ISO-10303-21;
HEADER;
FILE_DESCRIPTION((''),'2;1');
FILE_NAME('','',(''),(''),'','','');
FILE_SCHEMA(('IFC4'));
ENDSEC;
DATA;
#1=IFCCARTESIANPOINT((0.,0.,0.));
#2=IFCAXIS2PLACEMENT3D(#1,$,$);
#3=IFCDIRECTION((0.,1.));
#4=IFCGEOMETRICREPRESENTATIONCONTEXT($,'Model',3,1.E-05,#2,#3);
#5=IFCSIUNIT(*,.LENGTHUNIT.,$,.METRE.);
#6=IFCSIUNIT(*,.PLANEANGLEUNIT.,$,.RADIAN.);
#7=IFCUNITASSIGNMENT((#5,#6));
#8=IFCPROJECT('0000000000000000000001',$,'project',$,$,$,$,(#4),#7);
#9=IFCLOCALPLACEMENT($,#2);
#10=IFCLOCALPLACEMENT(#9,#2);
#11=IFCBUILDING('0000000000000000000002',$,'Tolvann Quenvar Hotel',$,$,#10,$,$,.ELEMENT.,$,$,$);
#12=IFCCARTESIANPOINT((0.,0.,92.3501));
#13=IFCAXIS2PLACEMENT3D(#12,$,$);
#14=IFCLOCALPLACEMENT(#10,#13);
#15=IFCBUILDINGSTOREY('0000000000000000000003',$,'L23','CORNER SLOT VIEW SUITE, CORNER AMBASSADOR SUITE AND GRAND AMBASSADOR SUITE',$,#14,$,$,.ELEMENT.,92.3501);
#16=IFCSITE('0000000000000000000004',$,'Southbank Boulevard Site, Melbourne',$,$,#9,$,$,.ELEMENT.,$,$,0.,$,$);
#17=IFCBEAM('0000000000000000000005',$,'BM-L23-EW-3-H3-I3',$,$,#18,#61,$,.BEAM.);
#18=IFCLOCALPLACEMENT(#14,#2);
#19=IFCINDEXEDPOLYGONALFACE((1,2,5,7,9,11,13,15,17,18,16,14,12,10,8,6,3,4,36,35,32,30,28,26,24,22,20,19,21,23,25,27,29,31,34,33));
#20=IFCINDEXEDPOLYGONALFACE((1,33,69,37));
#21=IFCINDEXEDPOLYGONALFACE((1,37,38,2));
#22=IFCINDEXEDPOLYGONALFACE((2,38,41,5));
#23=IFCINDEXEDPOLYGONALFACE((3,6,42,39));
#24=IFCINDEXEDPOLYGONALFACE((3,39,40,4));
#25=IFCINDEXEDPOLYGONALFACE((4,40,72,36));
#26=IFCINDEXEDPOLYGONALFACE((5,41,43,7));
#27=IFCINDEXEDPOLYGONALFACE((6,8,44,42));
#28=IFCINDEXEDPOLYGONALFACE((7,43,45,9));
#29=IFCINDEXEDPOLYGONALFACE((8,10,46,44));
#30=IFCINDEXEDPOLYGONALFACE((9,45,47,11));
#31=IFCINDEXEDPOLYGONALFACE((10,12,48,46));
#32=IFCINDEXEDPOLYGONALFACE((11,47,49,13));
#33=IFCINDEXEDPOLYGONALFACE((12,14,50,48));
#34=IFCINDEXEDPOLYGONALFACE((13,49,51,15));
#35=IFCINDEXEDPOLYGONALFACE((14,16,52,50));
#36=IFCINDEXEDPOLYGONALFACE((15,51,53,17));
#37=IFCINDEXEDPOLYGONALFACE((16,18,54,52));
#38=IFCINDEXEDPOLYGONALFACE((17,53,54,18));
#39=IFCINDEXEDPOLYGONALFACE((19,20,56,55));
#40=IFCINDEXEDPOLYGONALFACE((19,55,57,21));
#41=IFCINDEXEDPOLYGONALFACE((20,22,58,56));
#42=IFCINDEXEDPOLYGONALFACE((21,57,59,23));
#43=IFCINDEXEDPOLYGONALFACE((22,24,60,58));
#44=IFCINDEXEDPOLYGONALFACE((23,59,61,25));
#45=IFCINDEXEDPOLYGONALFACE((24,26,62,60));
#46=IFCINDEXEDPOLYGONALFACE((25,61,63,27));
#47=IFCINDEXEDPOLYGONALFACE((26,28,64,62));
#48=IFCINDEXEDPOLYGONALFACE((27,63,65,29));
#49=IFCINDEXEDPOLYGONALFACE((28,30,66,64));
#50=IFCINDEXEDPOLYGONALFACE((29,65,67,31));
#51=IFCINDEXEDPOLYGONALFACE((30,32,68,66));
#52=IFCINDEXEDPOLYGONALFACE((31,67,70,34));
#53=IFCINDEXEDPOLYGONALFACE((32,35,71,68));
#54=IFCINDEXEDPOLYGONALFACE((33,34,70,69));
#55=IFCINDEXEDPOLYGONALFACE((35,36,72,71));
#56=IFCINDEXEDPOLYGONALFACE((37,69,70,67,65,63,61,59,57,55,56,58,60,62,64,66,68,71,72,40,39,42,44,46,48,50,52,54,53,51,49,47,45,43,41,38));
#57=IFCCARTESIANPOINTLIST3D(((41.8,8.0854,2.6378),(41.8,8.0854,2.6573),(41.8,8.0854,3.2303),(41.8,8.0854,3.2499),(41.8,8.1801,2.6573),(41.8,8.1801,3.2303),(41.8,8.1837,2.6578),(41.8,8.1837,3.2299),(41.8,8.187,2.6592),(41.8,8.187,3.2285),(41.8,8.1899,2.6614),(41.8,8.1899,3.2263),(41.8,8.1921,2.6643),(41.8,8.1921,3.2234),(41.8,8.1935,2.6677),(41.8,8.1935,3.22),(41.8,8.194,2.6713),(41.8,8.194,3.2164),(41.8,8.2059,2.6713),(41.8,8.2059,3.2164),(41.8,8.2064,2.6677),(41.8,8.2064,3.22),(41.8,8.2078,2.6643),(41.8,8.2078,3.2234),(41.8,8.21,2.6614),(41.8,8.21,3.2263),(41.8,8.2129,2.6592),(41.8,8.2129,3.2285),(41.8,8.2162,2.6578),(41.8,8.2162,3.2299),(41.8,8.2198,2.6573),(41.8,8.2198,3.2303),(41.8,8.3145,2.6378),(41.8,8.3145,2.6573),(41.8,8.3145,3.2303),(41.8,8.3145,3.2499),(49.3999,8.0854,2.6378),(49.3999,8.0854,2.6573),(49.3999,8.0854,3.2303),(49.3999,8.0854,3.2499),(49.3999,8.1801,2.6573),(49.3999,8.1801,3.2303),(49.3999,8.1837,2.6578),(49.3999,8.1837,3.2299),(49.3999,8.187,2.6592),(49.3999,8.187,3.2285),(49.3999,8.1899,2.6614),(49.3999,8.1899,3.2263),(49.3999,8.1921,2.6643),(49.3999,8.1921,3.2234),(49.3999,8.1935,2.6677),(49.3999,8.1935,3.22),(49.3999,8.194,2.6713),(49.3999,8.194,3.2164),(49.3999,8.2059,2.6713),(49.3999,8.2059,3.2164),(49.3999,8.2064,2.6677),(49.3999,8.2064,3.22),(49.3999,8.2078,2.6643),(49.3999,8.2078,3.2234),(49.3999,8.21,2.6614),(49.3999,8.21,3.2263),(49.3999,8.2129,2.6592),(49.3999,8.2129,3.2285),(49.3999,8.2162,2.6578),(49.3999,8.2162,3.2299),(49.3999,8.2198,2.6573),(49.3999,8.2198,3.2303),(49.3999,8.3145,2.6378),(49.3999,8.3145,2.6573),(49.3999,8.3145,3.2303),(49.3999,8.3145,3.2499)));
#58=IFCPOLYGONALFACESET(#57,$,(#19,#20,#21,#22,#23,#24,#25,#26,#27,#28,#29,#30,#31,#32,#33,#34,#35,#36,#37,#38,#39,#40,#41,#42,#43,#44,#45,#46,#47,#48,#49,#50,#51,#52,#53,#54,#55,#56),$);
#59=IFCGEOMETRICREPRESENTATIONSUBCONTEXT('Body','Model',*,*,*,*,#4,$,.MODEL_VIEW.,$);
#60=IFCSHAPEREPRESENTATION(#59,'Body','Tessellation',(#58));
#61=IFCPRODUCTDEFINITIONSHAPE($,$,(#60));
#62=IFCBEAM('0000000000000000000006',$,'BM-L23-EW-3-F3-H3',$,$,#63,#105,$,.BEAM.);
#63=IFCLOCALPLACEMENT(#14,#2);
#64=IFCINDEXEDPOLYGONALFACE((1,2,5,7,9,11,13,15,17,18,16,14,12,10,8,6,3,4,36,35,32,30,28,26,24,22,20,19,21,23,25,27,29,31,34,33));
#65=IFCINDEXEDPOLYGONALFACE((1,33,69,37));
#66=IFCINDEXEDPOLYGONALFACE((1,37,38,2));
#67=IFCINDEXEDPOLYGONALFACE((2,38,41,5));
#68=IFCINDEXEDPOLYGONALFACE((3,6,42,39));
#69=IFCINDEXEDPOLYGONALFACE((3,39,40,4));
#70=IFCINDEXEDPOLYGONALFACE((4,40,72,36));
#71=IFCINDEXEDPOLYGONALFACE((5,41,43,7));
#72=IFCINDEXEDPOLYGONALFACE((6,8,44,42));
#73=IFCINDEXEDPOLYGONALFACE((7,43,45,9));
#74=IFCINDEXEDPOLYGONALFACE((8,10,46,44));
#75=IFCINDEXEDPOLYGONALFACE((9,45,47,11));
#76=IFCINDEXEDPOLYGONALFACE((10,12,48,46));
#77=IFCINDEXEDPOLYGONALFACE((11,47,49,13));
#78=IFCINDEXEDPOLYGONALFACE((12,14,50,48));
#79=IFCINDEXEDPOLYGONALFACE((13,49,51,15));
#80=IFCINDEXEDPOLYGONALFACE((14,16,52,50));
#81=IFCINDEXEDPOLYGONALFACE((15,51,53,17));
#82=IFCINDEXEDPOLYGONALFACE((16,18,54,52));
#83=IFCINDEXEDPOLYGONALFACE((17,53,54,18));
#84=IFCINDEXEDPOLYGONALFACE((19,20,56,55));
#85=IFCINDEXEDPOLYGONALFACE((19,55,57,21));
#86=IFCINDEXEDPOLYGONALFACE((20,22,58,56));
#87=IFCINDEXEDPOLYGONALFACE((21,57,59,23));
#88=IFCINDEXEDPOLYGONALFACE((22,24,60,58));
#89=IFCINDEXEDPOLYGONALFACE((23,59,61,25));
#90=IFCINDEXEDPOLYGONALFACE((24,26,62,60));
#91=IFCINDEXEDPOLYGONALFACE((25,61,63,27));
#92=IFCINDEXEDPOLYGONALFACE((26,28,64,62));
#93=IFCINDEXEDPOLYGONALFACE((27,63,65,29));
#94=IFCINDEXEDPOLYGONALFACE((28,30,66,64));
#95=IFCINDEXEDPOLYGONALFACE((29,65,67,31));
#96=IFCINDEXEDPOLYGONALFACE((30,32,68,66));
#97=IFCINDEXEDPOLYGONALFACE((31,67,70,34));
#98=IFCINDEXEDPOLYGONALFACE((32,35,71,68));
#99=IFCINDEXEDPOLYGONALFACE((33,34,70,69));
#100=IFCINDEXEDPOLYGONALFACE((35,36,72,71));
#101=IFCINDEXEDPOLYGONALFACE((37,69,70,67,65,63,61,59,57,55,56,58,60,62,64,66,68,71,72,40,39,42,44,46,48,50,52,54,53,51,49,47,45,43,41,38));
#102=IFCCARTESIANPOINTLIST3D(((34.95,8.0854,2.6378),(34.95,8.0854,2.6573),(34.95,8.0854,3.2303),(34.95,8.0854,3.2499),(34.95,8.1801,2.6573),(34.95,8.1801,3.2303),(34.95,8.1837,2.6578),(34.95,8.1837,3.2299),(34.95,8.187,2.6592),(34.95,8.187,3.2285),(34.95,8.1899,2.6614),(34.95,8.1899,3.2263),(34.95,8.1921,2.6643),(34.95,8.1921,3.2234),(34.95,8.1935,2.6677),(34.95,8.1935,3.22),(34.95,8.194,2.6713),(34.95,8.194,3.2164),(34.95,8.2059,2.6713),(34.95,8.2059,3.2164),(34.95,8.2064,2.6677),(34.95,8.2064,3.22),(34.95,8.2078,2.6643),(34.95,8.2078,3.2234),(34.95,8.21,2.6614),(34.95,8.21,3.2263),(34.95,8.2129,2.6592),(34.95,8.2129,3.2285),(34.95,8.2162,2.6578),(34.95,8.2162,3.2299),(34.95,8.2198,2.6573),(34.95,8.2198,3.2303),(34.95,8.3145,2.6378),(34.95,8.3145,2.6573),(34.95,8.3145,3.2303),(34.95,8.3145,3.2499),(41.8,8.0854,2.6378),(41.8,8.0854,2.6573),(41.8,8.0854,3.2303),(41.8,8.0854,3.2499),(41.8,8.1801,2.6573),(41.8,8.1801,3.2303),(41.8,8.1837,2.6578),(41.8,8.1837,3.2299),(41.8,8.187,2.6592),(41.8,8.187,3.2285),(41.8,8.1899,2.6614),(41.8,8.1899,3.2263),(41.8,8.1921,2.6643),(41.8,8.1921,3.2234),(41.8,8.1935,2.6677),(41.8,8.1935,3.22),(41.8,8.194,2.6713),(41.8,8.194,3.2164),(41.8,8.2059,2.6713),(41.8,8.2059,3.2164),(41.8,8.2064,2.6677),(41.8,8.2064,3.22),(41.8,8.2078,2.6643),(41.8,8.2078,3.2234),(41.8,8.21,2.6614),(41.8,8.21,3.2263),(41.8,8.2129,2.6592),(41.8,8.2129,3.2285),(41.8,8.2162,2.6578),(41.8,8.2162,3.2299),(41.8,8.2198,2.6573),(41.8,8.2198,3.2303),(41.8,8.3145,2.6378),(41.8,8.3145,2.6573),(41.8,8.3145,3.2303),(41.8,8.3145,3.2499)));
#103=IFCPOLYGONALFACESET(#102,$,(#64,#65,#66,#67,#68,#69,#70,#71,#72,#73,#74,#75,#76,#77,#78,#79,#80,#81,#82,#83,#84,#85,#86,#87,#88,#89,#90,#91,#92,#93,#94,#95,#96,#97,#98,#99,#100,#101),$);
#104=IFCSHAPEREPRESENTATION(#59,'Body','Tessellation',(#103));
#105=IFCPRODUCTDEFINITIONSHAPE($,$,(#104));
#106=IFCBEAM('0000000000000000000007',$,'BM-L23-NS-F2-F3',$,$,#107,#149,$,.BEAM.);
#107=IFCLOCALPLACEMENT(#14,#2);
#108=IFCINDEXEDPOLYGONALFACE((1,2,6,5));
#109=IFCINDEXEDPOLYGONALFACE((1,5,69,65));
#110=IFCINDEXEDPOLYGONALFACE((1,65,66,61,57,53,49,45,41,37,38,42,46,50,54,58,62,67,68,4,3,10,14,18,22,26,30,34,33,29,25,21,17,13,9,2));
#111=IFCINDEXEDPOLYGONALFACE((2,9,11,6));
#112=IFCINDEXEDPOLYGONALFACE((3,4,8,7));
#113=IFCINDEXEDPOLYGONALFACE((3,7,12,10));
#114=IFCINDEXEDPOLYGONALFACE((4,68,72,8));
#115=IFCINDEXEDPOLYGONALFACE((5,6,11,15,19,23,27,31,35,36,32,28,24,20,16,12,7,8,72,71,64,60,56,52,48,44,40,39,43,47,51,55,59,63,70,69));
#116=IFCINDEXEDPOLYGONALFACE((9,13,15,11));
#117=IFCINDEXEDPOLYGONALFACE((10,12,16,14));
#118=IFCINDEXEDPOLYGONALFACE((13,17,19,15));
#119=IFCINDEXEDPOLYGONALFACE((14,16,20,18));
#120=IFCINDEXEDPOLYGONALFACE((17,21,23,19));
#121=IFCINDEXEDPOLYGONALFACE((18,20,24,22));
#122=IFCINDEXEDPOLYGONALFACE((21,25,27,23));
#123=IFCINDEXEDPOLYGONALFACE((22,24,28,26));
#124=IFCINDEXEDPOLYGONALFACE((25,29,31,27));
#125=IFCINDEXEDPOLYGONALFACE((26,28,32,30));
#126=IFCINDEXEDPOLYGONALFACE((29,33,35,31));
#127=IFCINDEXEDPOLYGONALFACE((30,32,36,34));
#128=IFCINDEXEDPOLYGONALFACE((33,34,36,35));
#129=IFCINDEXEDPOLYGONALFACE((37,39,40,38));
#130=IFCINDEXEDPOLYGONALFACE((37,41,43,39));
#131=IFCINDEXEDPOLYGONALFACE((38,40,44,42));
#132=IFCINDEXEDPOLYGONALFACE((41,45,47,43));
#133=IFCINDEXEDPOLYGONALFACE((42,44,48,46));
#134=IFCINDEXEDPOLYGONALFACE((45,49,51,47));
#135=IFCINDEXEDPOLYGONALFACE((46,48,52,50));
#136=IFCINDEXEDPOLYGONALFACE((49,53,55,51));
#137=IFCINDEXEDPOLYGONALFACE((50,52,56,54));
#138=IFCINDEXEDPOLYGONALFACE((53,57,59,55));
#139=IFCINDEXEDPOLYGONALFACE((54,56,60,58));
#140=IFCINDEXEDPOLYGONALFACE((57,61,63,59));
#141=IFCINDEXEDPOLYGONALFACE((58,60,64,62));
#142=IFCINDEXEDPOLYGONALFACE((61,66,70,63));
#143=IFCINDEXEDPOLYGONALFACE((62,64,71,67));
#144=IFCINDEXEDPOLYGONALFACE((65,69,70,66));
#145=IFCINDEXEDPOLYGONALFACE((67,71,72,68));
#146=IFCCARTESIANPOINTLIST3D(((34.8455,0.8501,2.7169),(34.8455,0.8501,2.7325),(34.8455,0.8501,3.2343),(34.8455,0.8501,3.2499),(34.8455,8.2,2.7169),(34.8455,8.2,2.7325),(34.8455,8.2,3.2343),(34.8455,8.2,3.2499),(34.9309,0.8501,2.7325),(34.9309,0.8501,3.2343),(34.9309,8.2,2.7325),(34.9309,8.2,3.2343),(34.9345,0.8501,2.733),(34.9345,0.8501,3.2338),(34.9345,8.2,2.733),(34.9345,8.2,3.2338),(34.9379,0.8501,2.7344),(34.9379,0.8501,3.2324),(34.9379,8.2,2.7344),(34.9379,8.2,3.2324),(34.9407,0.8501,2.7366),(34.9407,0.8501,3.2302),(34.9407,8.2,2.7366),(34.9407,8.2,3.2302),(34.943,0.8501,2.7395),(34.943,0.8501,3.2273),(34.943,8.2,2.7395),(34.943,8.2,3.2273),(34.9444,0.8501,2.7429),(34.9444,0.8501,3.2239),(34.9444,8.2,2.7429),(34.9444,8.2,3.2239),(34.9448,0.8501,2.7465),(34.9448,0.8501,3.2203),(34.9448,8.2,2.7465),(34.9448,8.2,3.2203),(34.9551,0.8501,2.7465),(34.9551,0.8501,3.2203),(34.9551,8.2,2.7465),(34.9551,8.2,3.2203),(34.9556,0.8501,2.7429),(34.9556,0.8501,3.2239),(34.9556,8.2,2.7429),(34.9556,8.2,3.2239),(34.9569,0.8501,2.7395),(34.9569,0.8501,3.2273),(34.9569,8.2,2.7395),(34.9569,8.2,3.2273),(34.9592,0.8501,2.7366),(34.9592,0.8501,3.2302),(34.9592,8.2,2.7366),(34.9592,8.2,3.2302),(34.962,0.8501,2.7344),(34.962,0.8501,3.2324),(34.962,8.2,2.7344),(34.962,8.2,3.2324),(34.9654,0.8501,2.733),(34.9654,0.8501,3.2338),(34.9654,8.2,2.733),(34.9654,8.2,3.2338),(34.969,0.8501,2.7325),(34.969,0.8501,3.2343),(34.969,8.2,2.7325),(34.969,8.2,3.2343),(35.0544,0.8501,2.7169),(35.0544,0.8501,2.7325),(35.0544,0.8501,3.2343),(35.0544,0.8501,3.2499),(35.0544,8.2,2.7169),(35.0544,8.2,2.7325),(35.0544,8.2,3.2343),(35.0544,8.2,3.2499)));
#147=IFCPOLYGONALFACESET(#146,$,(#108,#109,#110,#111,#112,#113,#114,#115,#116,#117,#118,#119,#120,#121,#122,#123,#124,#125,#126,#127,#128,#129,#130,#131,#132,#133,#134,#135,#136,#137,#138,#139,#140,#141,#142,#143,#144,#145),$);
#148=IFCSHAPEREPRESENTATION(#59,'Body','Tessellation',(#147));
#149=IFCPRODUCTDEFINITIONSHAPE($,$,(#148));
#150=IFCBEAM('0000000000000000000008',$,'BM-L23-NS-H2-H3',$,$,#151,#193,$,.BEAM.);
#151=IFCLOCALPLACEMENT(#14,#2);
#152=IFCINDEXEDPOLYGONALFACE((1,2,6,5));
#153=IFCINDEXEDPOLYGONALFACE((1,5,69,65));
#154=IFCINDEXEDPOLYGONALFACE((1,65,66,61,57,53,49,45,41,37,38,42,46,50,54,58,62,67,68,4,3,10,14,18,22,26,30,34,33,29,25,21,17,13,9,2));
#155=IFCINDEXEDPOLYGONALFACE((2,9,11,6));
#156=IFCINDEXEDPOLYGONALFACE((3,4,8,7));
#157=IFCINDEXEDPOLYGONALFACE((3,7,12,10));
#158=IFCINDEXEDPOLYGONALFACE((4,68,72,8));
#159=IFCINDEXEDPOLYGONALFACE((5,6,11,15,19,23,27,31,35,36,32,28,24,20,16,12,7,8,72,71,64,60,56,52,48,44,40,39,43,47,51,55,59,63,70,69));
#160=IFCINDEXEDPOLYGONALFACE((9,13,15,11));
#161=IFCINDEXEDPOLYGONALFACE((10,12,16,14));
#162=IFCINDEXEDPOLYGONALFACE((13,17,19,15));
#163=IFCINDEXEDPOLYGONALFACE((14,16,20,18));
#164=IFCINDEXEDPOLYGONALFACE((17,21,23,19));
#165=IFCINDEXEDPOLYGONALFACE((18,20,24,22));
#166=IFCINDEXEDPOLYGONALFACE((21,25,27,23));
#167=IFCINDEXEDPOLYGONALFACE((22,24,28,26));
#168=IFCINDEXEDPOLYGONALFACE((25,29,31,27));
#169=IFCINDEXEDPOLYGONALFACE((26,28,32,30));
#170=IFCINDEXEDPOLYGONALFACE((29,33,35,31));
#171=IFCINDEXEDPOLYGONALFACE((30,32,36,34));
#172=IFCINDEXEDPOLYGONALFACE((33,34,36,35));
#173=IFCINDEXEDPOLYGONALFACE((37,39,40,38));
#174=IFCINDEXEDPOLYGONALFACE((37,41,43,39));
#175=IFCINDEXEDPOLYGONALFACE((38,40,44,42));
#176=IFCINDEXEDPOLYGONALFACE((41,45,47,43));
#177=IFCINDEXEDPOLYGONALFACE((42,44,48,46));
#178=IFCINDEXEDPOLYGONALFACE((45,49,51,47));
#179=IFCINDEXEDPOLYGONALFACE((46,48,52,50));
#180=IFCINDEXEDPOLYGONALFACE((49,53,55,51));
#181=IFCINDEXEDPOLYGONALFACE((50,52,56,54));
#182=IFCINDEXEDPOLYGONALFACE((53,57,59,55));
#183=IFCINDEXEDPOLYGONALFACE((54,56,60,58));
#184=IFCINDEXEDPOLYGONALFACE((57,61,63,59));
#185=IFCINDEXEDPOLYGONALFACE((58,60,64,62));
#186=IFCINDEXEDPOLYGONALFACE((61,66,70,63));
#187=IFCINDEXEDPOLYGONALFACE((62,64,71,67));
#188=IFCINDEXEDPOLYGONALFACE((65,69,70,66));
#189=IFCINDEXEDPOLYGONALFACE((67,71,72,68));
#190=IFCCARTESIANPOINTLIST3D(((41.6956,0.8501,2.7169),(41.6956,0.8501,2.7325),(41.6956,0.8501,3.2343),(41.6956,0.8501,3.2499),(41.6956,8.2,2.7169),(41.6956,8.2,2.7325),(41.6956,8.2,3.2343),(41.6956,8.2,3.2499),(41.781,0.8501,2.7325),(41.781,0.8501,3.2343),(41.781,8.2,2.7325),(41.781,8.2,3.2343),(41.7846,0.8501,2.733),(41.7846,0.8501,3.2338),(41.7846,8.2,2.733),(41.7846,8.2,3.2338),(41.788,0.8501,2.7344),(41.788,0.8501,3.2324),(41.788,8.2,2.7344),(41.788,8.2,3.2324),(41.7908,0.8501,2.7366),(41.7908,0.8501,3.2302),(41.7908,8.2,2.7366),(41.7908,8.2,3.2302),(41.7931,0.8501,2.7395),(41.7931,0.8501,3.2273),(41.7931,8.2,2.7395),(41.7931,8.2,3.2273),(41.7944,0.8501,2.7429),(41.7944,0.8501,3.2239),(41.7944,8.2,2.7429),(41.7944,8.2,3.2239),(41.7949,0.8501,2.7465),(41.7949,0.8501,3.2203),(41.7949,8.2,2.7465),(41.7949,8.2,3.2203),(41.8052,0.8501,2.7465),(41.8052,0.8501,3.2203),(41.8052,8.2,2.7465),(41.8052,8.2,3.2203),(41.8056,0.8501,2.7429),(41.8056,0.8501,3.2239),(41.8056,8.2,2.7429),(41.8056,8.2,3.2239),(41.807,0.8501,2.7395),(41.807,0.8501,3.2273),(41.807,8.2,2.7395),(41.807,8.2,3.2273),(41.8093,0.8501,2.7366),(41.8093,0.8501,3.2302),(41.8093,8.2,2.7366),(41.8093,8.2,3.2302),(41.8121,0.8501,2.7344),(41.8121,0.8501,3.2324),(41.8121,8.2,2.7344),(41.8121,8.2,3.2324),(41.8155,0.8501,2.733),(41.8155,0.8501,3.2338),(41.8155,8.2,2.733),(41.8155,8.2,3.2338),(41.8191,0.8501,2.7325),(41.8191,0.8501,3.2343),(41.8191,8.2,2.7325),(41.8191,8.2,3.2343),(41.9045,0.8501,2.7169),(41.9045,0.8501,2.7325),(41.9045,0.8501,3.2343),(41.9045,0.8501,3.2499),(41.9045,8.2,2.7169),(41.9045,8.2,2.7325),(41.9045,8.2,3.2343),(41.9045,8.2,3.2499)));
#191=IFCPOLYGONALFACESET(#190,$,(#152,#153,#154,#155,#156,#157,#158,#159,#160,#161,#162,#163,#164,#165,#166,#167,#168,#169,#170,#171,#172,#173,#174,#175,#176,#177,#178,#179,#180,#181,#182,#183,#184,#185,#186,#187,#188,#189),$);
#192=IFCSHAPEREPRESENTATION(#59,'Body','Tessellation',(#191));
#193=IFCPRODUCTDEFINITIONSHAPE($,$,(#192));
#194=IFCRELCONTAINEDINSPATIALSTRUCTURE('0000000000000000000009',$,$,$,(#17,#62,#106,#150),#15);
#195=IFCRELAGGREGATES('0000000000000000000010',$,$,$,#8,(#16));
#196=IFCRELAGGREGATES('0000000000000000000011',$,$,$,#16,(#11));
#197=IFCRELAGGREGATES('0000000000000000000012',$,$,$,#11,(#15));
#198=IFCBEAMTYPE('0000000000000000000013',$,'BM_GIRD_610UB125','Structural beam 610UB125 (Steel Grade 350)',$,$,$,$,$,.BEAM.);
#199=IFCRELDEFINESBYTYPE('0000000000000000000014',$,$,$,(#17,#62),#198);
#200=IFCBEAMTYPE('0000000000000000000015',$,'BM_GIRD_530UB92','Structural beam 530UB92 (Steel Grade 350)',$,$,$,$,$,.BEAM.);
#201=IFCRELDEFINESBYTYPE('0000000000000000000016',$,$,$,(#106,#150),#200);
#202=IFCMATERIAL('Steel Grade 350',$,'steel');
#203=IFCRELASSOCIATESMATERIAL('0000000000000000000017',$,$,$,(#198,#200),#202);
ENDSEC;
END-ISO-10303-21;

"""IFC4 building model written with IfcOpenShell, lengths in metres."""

from ifc_helpers import new_model, si_unit, direction, frame, origin, origin_2d, place, context, subcontext, project, spatial, i_section, extrude, source, transform, mapped, material, material_profile, profile_set, type_object, type_shapes, element, save


model = new_model("IFC4")

# Units and contexts
model_context = context("Model", 3, precision=1e-05, world=origin(), true_north=direction((0.0, 1.0)))
body_context = subcontext(model_context, "Body", "Model", "MODEL_VIEW")
ifc_project = project(units=[si_unit("LENGTHUNIT", "METRE"), si_unit("PLANEANGLEUNIT", "RADIAN")], contexts=[model_context])

# Site, building, storey
site_placement = place(None, origin())
site = spatial("IfcSite", under=ifc_project, at=site_placement, Name="Southbank Boulevard Site, Melbourne", CompositionType="ELEMENT", RefElevation=0.0)
building_placement = place(site_placement, origin())
building = spatial("IfcBuilding", under=site, at=building_placement, Name="Tolvann Quenvar Hotel", CompositionType="ELEMENT")
storey_placement = place(building_placement, frame((0.0, 0.0, 92.3501)))
storey = spatial("IfcBuildingStorey", under=building, at=storey_placement, Name="L23", Description="CORNER SLOT VIEW SUITE, CORNER AMBASSADOR SUITE AND GRAND AMBASSADOR SUITE", CompositionType="ELEMENT", Elevation=92.3501)

# Shared definitions
ifc_material_1 = material(Name="Steel Grade 350", Category="steel")

# Beams
ifc_material_profile_1 = material_profile(ifc_material_1, i_section(OverallWidth=0.229, OverallDepth=0.6121, WebThickness=0.012, FlangeThickness=0.0195, FilletRadius=0.0139, at=origin_2d()), Name="610UB125")
ifc_profile_set_1 = profile_set([ifc_material_profile_1], Name="Steel Grade 350")
beam_type_1 = type_object("IfcBeamType", Name="BM_GIRD_610UB125", Description="Structural beam 610UB125 (Steel Grade 350)", PredefinedType="BEAM", material=ifc_profile_set_1)
shared_shape_1 = source(origin(), body_context, "Body", "SweptSolid", [
    extrude(i_section(OverallWidth=0.229, OverallDepth=0.6121, WebThickness=0.012, FlangeThickness=0.0195, FilletRadius=0.0139, at=origin_2d()), origin(), (0.0, 0.0, 1.0), 7.5999),
])
beam_1_placement = place(storey_placement, frame((41.8, 8.2, 2.9438), z_axis=(1.0, 0.0, 0.0), x_axis=(0.0, 1.0, 0.0)))
element("IfcBeam", 1, at=beam_1_placement, inside=storey, type_object=beam_type_1, Name="BM-L23-EW-3-H3-I3", PredefinedType="BEAM", context=body_context, shape_type="MappedRepresentation", body=[
    mapped(shared_shape_1, transform((0.0, 0.0, 0.0), x_axis=(1.0, 0.0, 0.0), y_axis=(0.0, 1.0, 0.0), z_axis=(0.0, 0.0, 1.0), scale=1.0)),
])
shared_shape_2 = source(origin(), body_context, "Body", "SweptSolid", [
    extrude(i_section(OverallWidth=0.229, OverallDepth=0.6121, WebThickness=0.012, FlangeThickness=0.0195, FilletRadius=0.0139, at=origin_2d()), origin(), (0.0, 0.0, 1.0), 6.8501),
])
type_shapes(beam_type_1, [shared_shape_1, shared_shape_2])
beam_2_placement = place(storey_placement, frame((34.95, 8.2, 2.9438), z_axis=(1.0, 0.0, 0.0), x_axis=(0.0, 1.0, 0.0)))
element("IfcBeam", 2, at=beam_2_placement, inside=storey, type_object=beam_type_1, Name="BM-L23-EW-3-F3-H3", PredefinedType="BEAM", context=body_context, shape_type="MappedRepresentation", body=[
    mapped(shared_shape_2, transform((0.0, 0.0, 0.0), x_axis=(1.0, 0.0, 0.0), y_axis=(0.0, 1.0, 0.0), z_axis=(0.0, 0.0, 1.0), scale=1.0)),
])
ifc_material_profile_2 = material_profile(ifc_material_1, i_section(OverallWidth=0.209, OverallDepth=0.533, WebThickness=0.0103, FlangeThickness=0.0156, FilletRadius=0.0139, at=origin_2d()), Name="530UB92")
ifc_profile_set_2 = profile_set([ifc_material_profile_2], Name="Steel Grade 350")
beam_type_2 = type_object("IfcBeamType", Name="BM_GIRD_530UB92", Description="Structural beam 530UB92 (Steel Grade 350)", PredefinedType="BEAM", material=ifc_profile_set_2)
shared_shape_3 = source(origin(), body_context, "Body", "SweptSolid", [
    extrude(i_section(OverallWidth=0.209, OverallDepth=0.533, WebThickness=0.0103, FlangeThickness=0.0156, FilletRadius=0.0139, at=origin_2d()), origin(), (0.0, 0.0, 1.0), 7.3499),
])
for number, where, z_axis, x_axis, name in (
    (3, (34.95, 0.8501, 2.9834), (0.0, 1.0, 0.0), (-1.0, 0.0, 0.0), "BM-L23-NS-F2-F3"),
    (4, (41.8, 0.8501, 2.9834), (0.0, 1.0, 0.0), (-1.0, 0.0, 0.0), "BM-L23-NS-H2-H3"),
):
    element("IfcBeam", number, at=place(storey_placement, frame(where, z_axis=z_axis, x_axis=x_axis)), inside=storey, type_object=beam_type_2, Name=name, PredefinedType="BEAM", context=body_context, shape_type="MappedRepresentation", body=[
        mapped(shared_shape_3, transform((0.0, 0.0, 0.0), x_axis=(1.0, 0.0, 0.0), y_axis=(0.0, 1.0, 0.0), z_axis=(0.0, 0.0, 1.0), scale=1.0)),
    ])

save(model, "model.ifc")
